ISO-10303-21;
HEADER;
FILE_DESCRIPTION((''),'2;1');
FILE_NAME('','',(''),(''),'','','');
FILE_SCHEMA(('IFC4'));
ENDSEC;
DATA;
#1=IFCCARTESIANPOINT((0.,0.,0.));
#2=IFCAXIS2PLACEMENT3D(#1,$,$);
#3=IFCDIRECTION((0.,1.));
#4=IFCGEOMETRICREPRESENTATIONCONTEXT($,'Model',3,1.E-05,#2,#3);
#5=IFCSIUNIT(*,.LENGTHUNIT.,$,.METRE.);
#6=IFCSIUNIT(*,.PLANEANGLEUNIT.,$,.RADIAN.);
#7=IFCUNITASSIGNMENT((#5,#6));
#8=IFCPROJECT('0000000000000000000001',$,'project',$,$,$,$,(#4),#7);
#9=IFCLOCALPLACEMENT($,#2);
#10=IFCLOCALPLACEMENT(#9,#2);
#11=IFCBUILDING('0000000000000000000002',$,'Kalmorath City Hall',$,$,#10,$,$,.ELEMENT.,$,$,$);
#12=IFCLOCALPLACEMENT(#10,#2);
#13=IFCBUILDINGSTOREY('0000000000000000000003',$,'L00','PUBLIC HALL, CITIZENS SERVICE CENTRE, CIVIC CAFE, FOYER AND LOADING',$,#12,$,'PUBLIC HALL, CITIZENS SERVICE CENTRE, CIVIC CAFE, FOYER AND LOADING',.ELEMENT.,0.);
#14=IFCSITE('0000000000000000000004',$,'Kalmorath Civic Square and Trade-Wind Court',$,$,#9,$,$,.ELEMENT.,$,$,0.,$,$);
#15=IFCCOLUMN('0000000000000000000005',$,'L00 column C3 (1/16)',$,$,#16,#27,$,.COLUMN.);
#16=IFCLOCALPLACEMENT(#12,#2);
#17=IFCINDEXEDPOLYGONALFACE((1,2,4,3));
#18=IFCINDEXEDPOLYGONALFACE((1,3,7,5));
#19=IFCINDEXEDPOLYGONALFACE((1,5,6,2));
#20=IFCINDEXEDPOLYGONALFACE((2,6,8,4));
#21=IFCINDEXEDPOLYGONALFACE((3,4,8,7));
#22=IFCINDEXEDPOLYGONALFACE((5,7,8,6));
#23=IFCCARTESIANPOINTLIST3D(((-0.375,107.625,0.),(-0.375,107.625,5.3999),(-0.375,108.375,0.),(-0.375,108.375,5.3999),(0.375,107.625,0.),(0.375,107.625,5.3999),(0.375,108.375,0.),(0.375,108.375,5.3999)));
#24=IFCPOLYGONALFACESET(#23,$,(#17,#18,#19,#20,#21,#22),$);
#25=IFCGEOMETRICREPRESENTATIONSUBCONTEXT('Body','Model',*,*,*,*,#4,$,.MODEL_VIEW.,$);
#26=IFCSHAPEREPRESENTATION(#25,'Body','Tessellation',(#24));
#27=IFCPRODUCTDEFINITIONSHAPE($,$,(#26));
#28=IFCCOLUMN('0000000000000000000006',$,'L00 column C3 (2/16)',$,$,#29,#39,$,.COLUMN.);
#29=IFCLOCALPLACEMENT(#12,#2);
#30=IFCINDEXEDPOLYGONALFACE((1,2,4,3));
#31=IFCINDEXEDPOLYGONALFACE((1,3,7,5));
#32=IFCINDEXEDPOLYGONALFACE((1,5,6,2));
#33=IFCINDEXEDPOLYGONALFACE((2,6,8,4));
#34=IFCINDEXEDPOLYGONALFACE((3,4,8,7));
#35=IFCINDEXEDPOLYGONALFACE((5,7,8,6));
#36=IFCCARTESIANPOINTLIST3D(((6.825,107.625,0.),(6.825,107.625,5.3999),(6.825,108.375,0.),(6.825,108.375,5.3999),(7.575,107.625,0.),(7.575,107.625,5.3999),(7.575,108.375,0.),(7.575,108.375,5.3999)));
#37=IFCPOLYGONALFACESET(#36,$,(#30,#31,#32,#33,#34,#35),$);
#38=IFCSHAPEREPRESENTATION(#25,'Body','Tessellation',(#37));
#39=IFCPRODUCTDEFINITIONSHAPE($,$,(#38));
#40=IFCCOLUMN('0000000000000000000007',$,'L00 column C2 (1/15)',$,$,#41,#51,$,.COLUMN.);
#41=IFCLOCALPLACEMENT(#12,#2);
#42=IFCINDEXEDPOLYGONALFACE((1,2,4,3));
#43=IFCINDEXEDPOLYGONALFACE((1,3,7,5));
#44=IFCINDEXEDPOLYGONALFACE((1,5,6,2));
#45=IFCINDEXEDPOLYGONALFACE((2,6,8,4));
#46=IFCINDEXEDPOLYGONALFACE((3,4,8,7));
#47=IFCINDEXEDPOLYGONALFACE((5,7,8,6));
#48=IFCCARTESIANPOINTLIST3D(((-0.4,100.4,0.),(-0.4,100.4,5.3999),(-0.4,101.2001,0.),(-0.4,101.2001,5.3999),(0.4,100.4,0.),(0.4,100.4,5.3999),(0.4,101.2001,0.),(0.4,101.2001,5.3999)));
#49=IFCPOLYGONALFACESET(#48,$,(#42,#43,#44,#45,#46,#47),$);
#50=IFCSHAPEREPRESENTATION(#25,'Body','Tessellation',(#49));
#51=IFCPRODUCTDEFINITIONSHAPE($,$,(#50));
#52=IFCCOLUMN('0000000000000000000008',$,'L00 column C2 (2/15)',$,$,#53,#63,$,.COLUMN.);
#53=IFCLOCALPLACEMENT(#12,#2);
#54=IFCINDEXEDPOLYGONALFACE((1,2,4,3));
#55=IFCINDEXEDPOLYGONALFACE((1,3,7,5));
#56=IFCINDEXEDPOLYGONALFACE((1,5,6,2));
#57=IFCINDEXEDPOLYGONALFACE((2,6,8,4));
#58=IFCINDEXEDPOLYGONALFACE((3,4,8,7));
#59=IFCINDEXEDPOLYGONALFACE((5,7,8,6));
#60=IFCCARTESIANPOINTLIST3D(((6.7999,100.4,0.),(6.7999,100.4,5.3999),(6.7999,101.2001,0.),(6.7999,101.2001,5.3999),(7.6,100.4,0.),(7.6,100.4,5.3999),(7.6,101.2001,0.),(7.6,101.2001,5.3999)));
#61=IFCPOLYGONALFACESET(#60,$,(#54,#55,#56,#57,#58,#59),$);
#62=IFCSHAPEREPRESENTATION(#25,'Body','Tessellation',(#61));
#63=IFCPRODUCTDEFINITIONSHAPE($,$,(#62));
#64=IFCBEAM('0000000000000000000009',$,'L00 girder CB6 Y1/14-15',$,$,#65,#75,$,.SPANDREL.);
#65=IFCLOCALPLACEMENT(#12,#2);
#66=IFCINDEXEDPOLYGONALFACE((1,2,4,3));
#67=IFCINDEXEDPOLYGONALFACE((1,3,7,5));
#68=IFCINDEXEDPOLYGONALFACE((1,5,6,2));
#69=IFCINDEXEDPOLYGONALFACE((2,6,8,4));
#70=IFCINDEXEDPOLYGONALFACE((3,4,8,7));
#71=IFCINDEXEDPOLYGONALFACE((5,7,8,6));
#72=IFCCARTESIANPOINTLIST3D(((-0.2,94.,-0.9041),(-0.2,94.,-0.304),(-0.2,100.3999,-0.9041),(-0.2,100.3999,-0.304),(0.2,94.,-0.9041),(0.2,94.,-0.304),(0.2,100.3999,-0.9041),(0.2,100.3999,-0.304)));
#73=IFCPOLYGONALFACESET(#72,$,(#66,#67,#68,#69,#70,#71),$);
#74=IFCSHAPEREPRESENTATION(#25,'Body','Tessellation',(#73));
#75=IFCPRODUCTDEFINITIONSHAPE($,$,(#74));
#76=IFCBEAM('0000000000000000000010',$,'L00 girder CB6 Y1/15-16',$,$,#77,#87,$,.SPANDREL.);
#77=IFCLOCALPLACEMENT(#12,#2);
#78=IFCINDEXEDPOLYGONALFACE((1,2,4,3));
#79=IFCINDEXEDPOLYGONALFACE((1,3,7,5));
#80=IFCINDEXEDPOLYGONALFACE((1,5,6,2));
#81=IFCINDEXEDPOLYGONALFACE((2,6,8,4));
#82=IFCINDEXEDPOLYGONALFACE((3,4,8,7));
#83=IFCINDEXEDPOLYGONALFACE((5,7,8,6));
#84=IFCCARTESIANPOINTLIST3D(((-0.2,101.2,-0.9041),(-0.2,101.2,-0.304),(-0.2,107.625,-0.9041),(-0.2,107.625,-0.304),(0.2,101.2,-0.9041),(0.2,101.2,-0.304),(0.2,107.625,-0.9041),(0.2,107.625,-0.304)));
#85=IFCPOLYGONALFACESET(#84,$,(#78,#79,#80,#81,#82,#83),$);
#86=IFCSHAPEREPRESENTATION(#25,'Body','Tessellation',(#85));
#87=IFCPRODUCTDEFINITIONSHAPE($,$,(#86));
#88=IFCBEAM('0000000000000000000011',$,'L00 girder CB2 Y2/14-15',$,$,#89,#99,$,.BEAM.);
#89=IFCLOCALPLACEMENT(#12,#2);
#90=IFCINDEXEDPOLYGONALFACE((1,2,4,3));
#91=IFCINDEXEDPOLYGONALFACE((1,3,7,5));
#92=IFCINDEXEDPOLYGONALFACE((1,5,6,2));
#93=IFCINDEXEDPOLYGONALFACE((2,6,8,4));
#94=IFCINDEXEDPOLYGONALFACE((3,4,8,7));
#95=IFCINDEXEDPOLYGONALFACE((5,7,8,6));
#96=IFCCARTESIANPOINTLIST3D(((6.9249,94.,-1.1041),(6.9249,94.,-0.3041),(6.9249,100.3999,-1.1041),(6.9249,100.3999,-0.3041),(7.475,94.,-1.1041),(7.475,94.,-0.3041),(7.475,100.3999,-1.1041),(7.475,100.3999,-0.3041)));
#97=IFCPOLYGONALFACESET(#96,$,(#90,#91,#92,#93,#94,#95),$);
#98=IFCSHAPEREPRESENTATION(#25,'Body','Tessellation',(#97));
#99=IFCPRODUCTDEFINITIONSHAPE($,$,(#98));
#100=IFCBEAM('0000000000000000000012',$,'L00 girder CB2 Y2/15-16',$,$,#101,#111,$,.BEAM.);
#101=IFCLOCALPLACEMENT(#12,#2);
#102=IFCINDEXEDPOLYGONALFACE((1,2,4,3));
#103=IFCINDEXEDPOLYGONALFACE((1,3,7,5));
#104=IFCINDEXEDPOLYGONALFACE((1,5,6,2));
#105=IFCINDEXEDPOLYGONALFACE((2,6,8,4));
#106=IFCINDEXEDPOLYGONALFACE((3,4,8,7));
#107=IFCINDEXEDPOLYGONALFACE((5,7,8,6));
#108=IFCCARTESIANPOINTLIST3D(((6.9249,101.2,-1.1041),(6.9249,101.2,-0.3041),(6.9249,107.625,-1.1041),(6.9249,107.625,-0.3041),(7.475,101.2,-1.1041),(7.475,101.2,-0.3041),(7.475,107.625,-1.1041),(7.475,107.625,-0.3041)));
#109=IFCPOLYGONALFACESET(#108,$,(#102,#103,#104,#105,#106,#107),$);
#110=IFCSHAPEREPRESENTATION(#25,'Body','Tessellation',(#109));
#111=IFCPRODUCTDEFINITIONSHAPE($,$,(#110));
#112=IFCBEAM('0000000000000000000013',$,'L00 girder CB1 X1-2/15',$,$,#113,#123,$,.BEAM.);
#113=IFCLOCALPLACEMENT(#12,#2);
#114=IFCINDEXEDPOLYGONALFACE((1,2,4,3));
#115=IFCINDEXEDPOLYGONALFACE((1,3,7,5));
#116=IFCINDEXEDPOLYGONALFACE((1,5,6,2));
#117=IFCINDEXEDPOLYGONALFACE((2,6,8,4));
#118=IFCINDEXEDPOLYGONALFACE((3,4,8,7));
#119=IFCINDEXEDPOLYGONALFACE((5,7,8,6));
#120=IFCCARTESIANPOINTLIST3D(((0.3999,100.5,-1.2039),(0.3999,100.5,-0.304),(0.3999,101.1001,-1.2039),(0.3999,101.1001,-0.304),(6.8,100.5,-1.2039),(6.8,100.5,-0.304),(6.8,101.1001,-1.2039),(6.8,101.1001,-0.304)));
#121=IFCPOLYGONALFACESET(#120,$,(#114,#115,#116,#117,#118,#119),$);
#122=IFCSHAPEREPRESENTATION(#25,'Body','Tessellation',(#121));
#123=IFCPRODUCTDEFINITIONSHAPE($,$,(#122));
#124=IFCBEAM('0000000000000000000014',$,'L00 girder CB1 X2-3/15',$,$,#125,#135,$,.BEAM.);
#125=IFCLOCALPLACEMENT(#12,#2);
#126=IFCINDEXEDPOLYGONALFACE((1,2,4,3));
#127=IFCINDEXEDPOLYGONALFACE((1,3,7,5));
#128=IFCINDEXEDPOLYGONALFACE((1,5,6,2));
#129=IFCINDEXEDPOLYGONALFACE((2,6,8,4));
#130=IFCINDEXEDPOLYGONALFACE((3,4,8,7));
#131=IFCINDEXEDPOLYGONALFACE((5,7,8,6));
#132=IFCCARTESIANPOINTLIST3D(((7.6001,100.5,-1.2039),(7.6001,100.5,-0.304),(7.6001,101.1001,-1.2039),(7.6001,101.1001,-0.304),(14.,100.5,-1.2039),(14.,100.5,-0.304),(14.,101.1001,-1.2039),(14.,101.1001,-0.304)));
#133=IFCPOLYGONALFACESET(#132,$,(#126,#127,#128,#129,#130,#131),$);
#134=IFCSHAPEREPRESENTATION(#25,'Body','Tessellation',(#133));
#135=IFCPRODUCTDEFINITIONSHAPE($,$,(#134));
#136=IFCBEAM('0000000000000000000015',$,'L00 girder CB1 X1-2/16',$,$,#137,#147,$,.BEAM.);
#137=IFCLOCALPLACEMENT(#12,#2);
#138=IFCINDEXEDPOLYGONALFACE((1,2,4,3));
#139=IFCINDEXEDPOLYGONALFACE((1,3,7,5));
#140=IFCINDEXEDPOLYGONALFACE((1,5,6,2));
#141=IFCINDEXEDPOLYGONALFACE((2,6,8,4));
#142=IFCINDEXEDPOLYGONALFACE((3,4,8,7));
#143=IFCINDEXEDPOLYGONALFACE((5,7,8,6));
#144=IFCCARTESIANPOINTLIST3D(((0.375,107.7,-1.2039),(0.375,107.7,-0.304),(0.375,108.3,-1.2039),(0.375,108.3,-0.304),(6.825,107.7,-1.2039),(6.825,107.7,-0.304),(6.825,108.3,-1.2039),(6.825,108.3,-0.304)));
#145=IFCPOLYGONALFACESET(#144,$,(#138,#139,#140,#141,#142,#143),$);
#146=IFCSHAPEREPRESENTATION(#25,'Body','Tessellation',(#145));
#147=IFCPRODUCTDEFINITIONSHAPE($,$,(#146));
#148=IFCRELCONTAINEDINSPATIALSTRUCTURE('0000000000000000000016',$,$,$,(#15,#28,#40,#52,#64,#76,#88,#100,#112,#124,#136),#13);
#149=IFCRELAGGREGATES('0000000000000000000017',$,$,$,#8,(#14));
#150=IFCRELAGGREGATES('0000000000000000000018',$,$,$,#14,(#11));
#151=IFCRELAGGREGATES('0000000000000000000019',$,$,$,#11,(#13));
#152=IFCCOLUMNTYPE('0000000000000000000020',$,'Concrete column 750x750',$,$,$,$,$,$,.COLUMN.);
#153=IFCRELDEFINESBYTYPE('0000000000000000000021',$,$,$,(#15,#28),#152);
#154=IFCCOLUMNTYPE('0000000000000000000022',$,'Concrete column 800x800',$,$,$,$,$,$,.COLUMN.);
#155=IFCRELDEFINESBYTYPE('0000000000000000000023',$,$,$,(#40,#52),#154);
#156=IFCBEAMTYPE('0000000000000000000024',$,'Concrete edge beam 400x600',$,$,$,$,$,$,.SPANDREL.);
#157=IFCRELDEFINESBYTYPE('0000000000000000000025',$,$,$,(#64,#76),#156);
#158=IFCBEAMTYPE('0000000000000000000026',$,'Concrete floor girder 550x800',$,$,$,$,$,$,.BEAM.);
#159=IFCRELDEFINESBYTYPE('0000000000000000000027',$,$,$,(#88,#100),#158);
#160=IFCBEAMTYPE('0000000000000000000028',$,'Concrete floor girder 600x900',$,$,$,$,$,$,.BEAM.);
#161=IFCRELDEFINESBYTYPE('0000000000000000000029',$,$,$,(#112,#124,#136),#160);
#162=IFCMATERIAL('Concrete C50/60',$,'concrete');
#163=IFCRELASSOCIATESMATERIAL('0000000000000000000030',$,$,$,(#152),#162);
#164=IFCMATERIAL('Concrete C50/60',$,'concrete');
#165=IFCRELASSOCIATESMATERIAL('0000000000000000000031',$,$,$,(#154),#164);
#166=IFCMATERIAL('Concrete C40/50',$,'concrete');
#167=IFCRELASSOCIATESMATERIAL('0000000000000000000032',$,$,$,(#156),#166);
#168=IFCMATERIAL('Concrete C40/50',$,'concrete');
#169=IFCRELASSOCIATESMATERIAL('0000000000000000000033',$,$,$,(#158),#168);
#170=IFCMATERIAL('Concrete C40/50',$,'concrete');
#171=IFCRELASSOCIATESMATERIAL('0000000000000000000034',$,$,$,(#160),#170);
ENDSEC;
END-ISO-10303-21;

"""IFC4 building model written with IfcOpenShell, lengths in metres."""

from ifc_helpers import new_model, si_unit, direction, frame, origin, origin_2d, place, context, subcontext, project, spatial, rectangle, extrude, material, material_profile, profile_set, type_object, element, save


model = new_model("IFC4")

# Units and contexts
model_context = context("Model", 3, precision=1e-05, world=origin(), true_north=direction((0.0, 1.0)))
body_context = subcontext(model_context, "Body", "Model", "MODEL_VIEW")
ifc_project = project(units=[si_unit("LENGTHUNIT", "METRE"), si_unit("PLANEANGLEUNIT", "RADIAN")], contexts=[model_context])

# Site, building, storey
site_placement = place(None, origin())
site = spatial("IfcSite", under=ifc_project, at=site_placement, Name="Kalmorath Civic Square and Trade-Wind Court", CompositionType="ELEMENT", RefElevation=0.0)
building_placement = place(site_placement, origin())
building = spatial("IfcBuilding", under=site, at=building_placement, Name="Kalmorath City Hall", CompositionType="ELEMENT")
storey_placement = place(building_placement, origin())
storey = spatial("IfcBuildingStorey", under=building, at=storey_placement, Name="L00", Description="PUBLIC HALL, CITIZENS SERVICE CENTRE, CIVIC CAFE, FOYER AND LOADING", LongName="PUBLIC HALL, CITIZENS SERVICE CENTRE, CIVIC CAFE, FOYER AND LOADING", CompositionType="ELEMENT", Elevation=0.0)

# Columns
ifc_material_1 = material(Name="Concrete C50/60", Category="concrete")
ifc_material_profile_1 = material_profile(ifc_material_1, rectangle(XDim=0.75, YDim=0.75, at=origin_2d()), Name="RC-COL-750X750")
ifc_profile_set_1 = profile_set([ifc_material_profile_1], Name="Concrete C50/60")
column_type_1 = type_object("IfcColumnType", Name="Concrete column 750x750", PredefinedType="COLUMN", material=ifc_profile_set_1)
for number, where, z_axis, x_axis, name in (
    (1, (0.0, 108.0, 0.0), (0.0, 0.0, 1.0), (1.0, 0.0, 0.0), "L00 column C3 (1/16)"),
    (2, (7.2, 108.0, 0.0), (0.0, 0.0, 1.0), (1.0, 0.0, 0.0), "L00 column C3 (2/16)"),
):
    element("IfcColumn", number, at=place(storey_placement, frame(where, z_axis=z_axis, x_axis=x_axis)), inside=storey, type_object=column_type_1, Name=name, PredefinedType="COLUMN", context=body_context, shape_type="SweptSolid", body=[
        extrude(rectangle(XDim=0.75, YDim=0.75, at=origin_2d()), origin(), (0.0, 0.0, 1.0), 5.3999),
    ])
ifc_material_2 = material(Name="Concrete C50/60", Category="concrete")
ifc_material_profile_2 = material_profile(ifc_material_2, rectangle(XDim=0.8, YDim=0.8, at=origin_2d()), Name="RC-COL-800X800")
ifc_profile_set_2 = profile_set([ifc_material_profile_2], Name="Concrete C50/60")
column_type_2 = type_object("IfcColumnType", Name="Concrete column 800x800", PredefinedType="COLUMN", material=ifc_profile_set_2)
for number, where, z_axis, x_axis, name in (
    (3, (0.0, 100.8, 0.0), (0.0, 0.0, 1.0), (1.0, 0.0, 0.0), "L00 column C2 (1/15)"),
    (4, (7.2, 100.8, 0.0), (0.0, 0.0, 1.0), (1.0, 0.0, 0.0), "L00 column C2 (2/15)"),
):
    element("IfcColumn", number, at=place(storey_placement, frame(where, z_axis=z_axis, x_axis=x_axis)), inside=storey, type_object=column_type_2, Name=name, PredefinedType="COLUMN", context=body_context, shape_type="SweptSolid", body=[
        extrude(rectangle(XDim=0.8, YDim=0.8, at=origin_2d()), origin(), (0.0, 0.0, 1.0), 5.3999),
    ])

# Beams
ifc_material_3 = material(Name="Concrete C40/50", Category="concrete")
ifc_material_profile_3 = material_profile(ifc_material_3, rectangle(XDim=0.3999, YDim=0.6001, at=origin_2d()), Name="RC-BM-400X600")
ifc_profile_set_3 = profile_set([ifc_material_profile_3], Name="Concrete C40/50")
beam_type_1 = type_object("IfcBeamType", Name="Concrete edge beam 400x600", PredefinedType="SPANDREL", material=ifc_profile_set_3)
beam_1_placement = place(storey_placement, frame((0.0, 94.0, -0.604), z_axis=(0.0, 1.0, 0.0), x_axis=(-1.0, 0.0, 0.0)))
element("IfcBeam", 5, at=beam_1_placement, inside=storey, type_object=beam_type_1, Name="L00 girder CB6 Y1/14-15", PredefinedType="SPANDREL", context=body_context, shape_type="SweptSolid", body=[
    extrude(rectangle(XDim=0.3999, YDim=0.6001, at=origin_2d()), origin(), (0.0, 0.0, 1.0), 6.3999),
])
beam_2_placement = place(storey_placement, frame((0.0, 101.2, -0.604), z_axis=(0.0, 1.0, 0.0), x_axis=(-1.0, 0.0, 0.0)))
element("IfcBeam", 6, at=beam_2_placement, inside=storey, type_object=beam_type_1, Name="L00 girder CB6 Y1/15-16", PredefinedType="SPANDREL", context=body_context, shape_type="SweptSolid", body=[
    extrude(rectangle(XDim=0.3999, YDim=0.6001, at=origin_2d()), origin(), (0.0, 0.0, 1.0), 6.425),
])
ifc_material_4 = material(Name="Concrete C40/50", Category="concrete")
ifc_material_profile_4 = material_profile(ifc_material_4, rectangle(XDim=0.55, YDim=0.8, at=origin_2d()), Name="RC-BM-550X800")
ifc_profile_set_4 = profile_set([ifc_material_profile_4], Name="Concrete C40/50")
beam_type_2 = type_object("IfcBeamType", Name="Concrete floor girder 550x800", PredefinedType="BEAM", material=ifc_profile_set_4)
beam_3_placement = place(storey_placement, frame((7.2, 94.0, -0.7041), z_axis=(0.0, 1.0, 0.0), x_axis=(-1.0, 0.0, 0.0)))
element("IfcBeam", 7, at=beam_3_placement, inside=storey, type_object=beam_type_2, Name="L00 girder CB2 Y2/14-15", PredefinedType="BEAM", context=body_context, shape_type="SweptSolid", body=[
    extrude(rectangle(XDim=0.55, YDim=0.8, at=origin_2d()), origin(), (0.0, 0.0, 1.0), 6.3999),
])
beam_4_placement = place(storey_placement, frame((7.2, 101.2, -0.7041), z_axis=(0.0, 1.0, 0.0), x_axis=(-1.0, 0.0, 0.0)))
element("IfcBeam", 8, at=beam_4_placement, inside=storey, type_object=beam_type_2, Name="L00 girder CB2 Y2/15-16", PredefinedType="BEAM", context=body_context, shape_type="SweptSolid", body=[
    extrude(rectangle(XDim=0.55, YDim=0.8, at=origin_2d()), origin(), (0.0, 0.0, 1.0), 6.425),
])
ifc_material_5 = material(Name="Concrete C40/50", Category="concrete")
ifc_material_profile_5 = material_profile(ifc_material_5, rectangle(XDim=0.6001, YDim=0.8999, at=origin_2d()), Name="RC-BM-600X900")
ifc_profile_set_5 = profile_set([ifc_material_profile_5], Name="Concrete C40/50")
beam_type_3 = type_object("IfcBeamType", Name="Concrete floor girder 600x900", PredefinedType="BEAM", material=ifc_profile_set_5)
beam_5_placement = place(storey_placement, frame((0.3999, 100.8, -0.7539), z_axis=(1.0, 0.0, 0.0), x_axis=(0.0, 1.0, 0.0)))
element("IfcBeam", 9, at=beam_5_placement, inside=storey, type_object=beam_type_3, Name="L00 girder CB1 X1-2/15", PredefinedType="BEAM", context=body_context, shape_type="SweptSolid", body=[
    extrude(rectangle(XDim=0.6001, YDim=0.8999, at=origin_2d()), origin(), (0.0, 0.0, 1.0), 6.4001),
])
beam_6_placement = place(storey_placement, frame((7.6001, 100.8, -0.7539), z_axis=(1.0, 0.0, 0.0), x_axis=(0.0, 1.0, 0.0)))
element("IfcBeam", 10, at=beam_6_placement, inside=storey, type_object=beam_type_3, Name="L00 girder CB1 X2-3/15", PredefinedType="BEAM", context=body_context, shape_type="SweptSolid", body=[
    extrude(rectangle(XDim=0.6001, YDim=0.8999, at=origin_2d()), origin(), (0.0, 0.0, 1.0), 6.3999),
])
beam_7_placement = place(storey_placement, frame((0.375, 108.0, -0.7539), z_axis=(1.0, 0.0, 0.0), x_axis=(0.0, 1.0, 0.0)))
element("IfcBeam", 11, at=beam_7_placement, inside=storey, type_object=beam_type_3, Name="L00 girder CB1 X1-2/16", PredefinedType="BEAM", context=body_context, shape_type="SweptSolid", body=[
    extrude(rectangle(XDim=0.6001, YDim=0.8999, at=origin_2d()), origin(), (0.0, 0.0, 1.0), 6.45),
])

save(model, "model.ifc")
